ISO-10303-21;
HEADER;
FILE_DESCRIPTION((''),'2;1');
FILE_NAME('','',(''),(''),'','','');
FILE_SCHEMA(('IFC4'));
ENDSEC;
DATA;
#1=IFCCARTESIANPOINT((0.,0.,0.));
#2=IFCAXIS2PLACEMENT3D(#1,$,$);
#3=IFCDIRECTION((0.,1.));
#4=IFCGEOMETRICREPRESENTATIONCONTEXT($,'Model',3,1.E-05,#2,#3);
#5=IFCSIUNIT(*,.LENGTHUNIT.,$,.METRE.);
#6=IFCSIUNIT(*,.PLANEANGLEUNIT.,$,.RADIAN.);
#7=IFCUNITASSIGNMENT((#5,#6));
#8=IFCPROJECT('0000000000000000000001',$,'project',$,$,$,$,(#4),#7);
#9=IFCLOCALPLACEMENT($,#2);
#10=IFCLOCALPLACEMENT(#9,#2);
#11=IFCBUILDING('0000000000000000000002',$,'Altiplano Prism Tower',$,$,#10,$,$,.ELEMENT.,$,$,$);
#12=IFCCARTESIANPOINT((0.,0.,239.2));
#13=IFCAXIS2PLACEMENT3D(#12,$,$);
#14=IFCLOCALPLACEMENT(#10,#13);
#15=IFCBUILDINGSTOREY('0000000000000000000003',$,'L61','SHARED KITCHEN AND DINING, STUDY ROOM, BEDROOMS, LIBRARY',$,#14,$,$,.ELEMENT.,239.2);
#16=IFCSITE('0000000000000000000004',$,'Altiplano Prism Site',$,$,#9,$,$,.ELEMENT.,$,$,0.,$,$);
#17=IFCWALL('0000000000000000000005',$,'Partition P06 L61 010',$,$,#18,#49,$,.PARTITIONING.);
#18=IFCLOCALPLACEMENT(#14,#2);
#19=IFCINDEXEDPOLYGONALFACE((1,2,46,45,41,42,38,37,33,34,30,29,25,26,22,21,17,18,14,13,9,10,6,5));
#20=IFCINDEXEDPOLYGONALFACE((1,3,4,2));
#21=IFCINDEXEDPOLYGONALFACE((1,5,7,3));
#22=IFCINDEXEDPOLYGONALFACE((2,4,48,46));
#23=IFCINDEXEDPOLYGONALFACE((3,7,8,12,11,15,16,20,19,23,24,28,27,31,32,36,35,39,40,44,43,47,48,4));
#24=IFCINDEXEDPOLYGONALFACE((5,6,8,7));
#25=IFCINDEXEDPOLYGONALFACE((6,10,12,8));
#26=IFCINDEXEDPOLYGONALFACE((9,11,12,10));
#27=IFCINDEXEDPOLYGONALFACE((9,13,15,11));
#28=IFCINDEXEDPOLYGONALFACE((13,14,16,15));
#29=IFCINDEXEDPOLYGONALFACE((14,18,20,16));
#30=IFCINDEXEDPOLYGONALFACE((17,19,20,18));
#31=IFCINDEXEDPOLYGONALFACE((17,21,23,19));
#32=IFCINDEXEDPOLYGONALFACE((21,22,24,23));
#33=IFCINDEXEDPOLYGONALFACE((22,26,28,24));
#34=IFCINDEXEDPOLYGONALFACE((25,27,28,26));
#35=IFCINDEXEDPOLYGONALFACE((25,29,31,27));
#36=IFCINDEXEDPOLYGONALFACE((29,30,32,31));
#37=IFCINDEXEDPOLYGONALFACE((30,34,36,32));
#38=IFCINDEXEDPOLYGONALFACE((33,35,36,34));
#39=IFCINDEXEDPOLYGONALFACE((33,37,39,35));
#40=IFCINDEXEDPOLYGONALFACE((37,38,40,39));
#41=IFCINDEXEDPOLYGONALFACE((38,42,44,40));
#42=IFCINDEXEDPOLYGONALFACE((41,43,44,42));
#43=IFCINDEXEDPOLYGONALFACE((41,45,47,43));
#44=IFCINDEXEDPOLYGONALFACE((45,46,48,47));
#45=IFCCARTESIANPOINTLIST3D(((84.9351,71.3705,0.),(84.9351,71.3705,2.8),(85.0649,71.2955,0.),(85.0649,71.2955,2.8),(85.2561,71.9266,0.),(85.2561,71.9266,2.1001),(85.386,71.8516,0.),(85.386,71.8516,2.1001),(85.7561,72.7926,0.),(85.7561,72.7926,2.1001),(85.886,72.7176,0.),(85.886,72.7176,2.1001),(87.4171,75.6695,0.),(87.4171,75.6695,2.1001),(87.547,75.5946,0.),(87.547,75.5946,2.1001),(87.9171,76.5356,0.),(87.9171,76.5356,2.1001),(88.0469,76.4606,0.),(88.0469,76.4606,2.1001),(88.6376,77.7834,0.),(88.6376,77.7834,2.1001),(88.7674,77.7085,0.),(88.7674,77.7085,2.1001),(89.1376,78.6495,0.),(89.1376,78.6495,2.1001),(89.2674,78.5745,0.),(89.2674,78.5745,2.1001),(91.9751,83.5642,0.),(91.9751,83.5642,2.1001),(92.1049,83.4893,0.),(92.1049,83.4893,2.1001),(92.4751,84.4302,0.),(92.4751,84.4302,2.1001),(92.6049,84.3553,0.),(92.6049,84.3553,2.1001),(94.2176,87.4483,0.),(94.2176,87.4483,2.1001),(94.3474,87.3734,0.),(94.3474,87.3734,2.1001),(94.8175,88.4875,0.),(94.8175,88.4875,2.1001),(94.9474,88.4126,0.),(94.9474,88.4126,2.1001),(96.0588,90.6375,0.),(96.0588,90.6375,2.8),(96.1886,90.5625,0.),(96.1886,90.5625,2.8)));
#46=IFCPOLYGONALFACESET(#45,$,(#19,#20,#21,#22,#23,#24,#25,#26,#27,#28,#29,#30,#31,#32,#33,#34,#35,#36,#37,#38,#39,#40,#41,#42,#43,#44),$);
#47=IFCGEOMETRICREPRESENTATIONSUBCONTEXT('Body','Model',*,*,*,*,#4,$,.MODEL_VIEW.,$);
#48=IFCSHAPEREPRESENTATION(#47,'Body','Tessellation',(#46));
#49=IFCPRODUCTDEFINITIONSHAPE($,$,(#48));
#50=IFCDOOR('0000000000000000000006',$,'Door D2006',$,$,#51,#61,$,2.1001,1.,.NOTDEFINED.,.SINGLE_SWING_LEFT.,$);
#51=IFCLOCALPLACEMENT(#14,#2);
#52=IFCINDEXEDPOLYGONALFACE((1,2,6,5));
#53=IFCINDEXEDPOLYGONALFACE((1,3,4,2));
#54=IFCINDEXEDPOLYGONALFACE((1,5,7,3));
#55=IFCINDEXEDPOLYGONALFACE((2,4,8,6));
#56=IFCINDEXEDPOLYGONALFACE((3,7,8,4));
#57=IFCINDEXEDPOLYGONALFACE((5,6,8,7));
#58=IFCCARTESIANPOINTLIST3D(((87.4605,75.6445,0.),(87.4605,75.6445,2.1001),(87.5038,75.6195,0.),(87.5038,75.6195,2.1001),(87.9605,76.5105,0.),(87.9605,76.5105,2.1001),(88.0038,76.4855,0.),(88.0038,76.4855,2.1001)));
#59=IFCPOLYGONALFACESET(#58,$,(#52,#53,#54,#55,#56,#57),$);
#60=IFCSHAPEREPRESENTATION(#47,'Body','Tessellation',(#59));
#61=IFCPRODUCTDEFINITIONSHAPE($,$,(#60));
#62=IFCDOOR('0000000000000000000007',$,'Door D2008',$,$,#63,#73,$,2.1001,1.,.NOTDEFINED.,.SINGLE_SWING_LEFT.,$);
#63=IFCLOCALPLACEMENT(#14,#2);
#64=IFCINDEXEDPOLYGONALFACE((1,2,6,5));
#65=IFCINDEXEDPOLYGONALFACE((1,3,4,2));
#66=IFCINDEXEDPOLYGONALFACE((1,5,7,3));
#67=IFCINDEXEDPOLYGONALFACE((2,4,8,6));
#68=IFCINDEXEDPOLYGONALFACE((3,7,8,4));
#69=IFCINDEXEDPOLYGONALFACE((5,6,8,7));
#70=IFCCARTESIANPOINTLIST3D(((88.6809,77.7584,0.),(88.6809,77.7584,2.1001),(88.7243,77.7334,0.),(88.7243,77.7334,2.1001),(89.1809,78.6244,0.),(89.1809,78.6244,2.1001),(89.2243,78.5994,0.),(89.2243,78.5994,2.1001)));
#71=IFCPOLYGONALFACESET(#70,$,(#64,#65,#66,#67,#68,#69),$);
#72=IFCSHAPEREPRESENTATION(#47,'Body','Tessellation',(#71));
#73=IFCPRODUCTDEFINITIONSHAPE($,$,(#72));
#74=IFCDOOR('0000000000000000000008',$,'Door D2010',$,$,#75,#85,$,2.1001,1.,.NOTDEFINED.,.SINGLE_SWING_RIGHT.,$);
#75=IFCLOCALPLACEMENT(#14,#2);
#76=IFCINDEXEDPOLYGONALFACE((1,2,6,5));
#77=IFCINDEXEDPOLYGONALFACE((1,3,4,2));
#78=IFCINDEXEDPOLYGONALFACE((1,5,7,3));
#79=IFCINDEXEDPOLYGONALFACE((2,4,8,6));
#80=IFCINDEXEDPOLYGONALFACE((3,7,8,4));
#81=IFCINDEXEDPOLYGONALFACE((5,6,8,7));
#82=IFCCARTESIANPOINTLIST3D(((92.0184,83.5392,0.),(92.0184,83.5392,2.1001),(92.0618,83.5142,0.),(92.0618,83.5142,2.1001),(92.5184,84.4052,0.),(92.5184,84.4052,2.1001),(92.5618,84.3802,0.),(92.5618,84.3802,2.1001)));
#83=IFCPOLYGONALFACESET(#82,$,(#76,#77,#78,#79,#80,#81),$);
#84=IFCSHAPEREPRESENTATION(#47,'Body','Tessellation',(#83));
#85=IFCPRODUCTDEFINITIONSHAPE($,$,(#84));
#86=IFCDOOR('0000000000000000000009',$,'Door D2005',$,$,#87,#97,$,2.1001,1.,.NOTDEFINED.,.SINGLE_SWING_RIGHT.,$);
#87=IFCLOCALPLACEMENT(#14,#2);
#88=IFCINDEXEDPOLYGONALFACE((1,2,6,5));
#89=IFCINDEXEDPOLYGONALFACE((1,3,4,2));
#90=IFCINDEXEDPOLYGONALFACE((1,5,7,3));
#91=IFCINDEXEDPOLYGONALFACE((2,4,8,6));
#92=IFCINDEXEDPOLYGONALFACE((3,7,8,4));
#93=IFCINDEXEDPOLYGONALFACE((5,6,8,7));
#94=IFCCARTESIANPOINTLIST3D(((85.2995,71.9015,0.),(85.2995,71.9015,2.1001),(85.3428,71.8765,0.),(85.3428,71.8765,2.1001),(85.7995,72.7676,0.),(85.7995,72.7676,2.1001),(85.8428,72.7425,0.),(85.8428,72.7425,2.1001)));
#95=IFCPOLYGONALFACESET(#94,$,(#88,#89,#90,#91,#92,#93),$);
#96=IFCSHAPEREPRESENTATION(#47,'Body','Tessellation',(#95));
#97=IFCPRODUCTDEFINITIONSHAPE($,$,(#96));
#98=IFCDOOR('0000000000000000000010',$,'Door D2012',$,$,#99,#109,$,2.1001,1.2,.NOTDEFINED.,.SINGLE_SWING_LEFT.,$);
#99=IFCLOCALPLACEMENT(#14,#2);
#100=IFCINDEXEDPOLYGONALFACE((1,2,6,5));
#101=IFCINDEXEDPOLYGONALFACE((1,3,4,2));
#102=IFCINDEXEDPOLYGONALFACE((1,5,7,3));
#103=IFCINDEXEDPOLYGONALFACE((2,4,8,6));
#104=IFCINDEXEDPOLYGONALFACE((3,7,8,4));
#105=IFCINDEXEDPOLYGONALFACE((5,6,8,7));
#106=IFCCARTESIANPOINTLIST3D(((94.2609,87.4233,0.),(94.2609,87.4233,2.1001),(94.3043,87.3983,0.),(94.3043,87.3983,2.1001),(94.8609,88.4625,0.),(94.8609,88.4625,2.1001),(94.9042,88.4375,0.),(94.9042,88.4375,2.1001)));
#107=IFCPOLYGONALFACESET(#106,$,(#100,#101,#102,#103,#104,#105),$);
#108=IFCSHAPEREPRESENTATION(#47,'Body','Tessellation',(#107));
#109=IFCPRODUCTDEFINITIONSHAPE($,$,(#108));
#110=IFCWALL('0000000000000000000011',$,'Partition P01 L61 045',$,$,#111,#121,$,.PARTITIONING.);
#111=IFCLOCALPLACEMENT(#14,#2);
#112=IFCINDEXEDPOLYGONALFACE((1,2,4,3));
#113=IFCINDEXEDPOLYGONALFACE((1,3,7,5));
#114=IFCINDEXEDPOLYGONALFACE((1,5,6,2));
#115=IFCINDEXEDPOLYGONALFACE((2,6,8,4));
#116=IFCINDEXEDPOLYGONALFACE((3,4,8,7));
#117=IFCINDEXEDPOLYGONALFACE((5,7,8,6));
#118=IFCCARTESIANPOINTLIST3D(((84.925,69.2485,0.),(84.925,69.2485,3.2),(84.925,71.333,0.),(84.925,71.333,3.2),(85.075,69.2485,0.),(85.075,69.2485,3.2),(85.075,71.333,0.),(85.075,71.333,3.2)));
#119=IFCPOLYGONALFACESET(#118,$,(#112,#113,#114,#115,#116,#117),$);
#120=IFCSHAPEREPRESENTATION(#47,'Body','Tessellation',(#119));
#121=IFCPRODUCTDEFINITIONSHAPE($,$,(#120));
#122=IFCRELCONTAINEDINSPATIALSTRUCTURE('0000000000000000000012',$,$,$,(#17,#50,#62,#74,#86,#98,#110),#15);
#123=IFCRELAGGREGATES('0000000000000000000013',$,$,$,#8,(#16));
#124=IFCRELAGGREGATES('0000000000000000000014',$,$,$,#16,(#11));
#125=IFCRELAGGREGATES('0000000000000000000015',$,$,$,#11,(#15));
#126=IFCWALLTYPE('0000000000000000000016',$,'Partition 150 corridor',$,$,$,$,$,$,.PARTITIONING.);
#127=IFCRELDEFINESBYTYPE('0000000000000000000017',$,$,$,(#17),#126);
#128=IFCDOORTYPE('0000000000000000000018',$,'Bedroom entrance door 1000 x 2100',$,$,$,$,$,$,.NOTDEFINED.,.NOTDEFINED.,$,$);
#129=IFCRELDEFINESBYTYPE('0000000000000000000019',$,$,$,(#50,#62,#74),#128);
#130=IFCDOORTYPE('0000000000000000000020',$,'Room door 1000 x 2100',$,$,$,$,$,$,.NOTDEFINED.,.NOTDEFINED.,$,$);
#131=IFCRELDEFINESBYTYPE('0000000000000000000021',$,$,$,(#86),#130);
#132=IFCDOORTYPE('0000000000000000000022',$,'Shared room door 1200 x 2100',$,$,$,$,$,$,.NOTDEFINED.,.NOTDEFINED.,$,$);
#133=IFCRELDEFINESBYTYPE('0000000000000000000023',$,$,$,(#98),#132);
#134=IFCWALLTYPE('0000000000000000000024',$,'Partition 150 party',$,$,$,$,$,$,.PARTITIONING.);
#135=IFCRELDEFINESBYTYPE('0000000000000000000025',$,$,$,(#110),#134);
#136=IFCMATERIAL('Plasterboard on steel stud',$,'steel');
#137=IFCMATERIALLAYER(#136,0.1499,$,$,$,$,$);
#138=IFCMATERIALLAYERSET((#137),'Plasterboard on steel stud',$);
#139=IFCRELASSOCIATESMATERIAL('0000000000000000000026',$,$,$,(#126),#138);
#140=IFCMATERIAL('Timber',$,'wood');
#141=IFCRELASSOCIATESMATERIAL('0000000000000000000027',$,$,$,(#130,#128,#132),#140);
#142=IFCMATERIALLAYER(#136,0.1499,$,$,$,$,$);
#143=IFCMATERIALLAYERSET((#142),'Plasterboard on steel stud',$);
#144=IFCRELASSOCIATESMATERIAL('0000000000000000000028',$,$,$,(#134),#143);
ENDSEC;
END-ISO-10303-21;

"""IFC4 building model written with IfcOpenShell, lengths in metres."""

from ifc_helpers import new_model, si_unit, direction, frame, frame_2d, origin, place, context, subcontext, project, spatial, rectangle, extrude, material, layer, layer_set, type_object, element, fill, save


model = new_model("IFC4")

# Units and contexts
model_context = context("Model", 3, precision=1e-05, world=origin(), true_north=direction((0.0, 1.0)))
body_context = subcontext(model_context, "Body", "Model", "MODEL_VIEW")
ifc_project = project(units=[si_unit("LENGTHUNIT", "METRE"), si_unit("PLANEANGLEUNIT", "RADIAN")], contexts=[model_context])

# Site, building, storey
site_placement = place(None, origin())
site = spatial("IfcSite", under=ifc_project, at=site_placement, Name="Altiplano Prism Site", CompositionType="ELEMENT", RefElevation=0.0)
building_placement = place(site_placement, origin())
building = spatial("IfcBuilding", under=site, at=building_placement, Name="Altiplano Prism Tower", CompositionType="ELEMENT")
storey_placement = place(building_placement, frame((0.0, 0.0, 239.2)))
storey = spatial("IfcBuildingStorey", under=building, at=storey_placement, Name="L61", Description="SHARED KITCHEN AND DINING, STUDY ROOM, BEDROOMS, LIBRARY", CompositionType="ELEMENT", Elevation=239.2)

# Shared definitions
ifc_material_1 = material(Name="Plasterboard on steel stud", Category="steel")

# Shared definitions
ifc_material_2 = material(Name="Timber", Category="wood")

# Wall, openings, doors
ifc_layer_1 = layer(ifc_material_1, 0.1499)
ifc_layer_set_1 = layer_set([ifc_layer_1], Name="Plasterboard on steel stud")
wall_type_1 = type_object("IfcWallType", Name="Partition 150 corridor", PredefinedType="PARTITIONING", material=ifc_layer_set_1)
door_type_1 = type_object("IfcDoorType", Name="Room door 1000 x 2100", OperationType="NOTDEFINED", PredefinedType="NOTDEFINED", material=ifc_material_2)
wall_1_placement = place(storey_placement, frame((85.0, 71.333, 0.0), z_axis=(0.0, 0.0, 1.0), x_axis=(0.499997, 0.866027, 0.0)))
wall_1 = element("IfcWall", 1, at=wall_1_placement, inside=storey, type_object=wall_type_1, Name="Partition P06 L61 010", PredefinedType="PARTITIONING", context=body_context, shape_type="SweptSolid", body=[
    extrude(rectangle(XDim=22.2476, YDim=0.1499, at=frame_2d((11.1238, 0.0))), origin(), (0.0, 0.0, 1.0), 2.8),
])
opening_1_placement = place(wall_1_placement, frame((0.6421, 0.0, 0.0)))
opening_1 = element("IfcOpeningElement", 2, at=opening_1_placement, cuts=wall_1, PredefinedType="OPENING", context=body_context, shape_type="SweptSolid", body=[
    extrude(rectangle(XDim=1.0, YDim=2.1001, at=frame_2d((0.5, 1.05))), frame((0.0, 0.0854, 0.0), z_axis=(0.0, -1.0, 0.0), x_axis=(1.0, 0.0, 0.0)), (0.0, 0.0, 1.0), 0.1709),
])
opening_2_placement = place(wall_1_placement, frame((4.9641, 0.0, 0.0)))
opening_2 = element("IfcOpeningElement", 3, at=opening_2_placement, cuts=wall_1, PredefinedType="OPENING", context=body_context, shape_type="SweptSolid", body=[
    extrude(rectangle(XDim=1.0, YDim=2.1001, at=frame_2d((0.5, 1.05))), frame((0.0, 0.0854, 0.0), z_axis=(0.0, -1.0, 0.0), x_axis=(1.0, 0.0, 0.0)), (0.0, 0.0, 1.0), 0.1709),
])
opening_3_placement = place(wall_1_placement, frame((7.405, 0.0, 0.0)))
opening_3 = element("IfcOpeningElement", 4, at=opening_3_placement, cuts=wall_1, PredefinedType="OPENING", context=body_context, shape_type="SweptSolid", body=[
    extrude(rectangle(XDim=1.0, YDim=2.1001, at=frame_2d((0.5, 1.05))), frame((0.0, 0.0854, 0.0), z_axis=(0.0, -1.0, 0.0), x_axis=(1.0, 0.0, 0.0)), (0.0, 0.0, 1.0), 0.1709),
])
opening_4_placement = place(wall_1_placement, frame((14.0801, 0.0, 0.0)))
opening_4 = element("IfcOpeningElement", 5, at=opening_4_placement, cuts=wall_1, PredefinedType="OPENING", context=body_context, shape_type="SweptSolid", body=[
    extrude(rectangle(XDim=1.0, YDim=2.1001, at=frame_2d((0.5, 1.05))), frame((0.0, 0.0854, 0.0), z_axis=(0.0, -1.0, 0.0), x_axis=(1.0, 0.0, 0.0)), (0.0, 0.0, 1.0), 0.1709),
])
opening_5_placement = place(wall_1_placement, frame((18.5649, 0.0, 0.0)))
opening_5 = element("IfcOpeningElement", 6, at=opening_5_placement, cuts=wall_1, PredefinedType="OPENING", context=body_context, shape_type="SweptSolid", body=[
    extrude(rectangle(XDim=1.2, YDim=2.1001, at=frame_2d((0.6001, 1.05))), frame((0.0, 0.0854, 0.0), z_axis=(0.0, -1.0, 0.0), x_axis=(1.0, 0.0, 0.0)), (0.0, 0.0, 1.0), 0.1709),
])
door_type_2 = type_object("IfcDoorType", Name="Bedroom entrance door 1000 x 2100", OperationType="NOTDEFINED", PredefinedType="NOTDEFINED", material=ifc_material_2)
door_1_placement = place(opening_2_placement, origin())
door_1 = element("IfcDoor", 7, at=door_1_placement, inside=storey, type_object=door_type_2, Name="Door D2006", OperationType="SINGLE_SWING_LEFT", OverallHeight=2.1001, OverallWidth=1.0, PredefinedType="NOTDEFINED", context=body_context, shape_type="SweptSolid", body=[
    extrude(rectangle(XDim=1.0, YDim=2.1001, at=frame_2d((0.5, 1.05))), frame((0.0, 0.0249, 0.0), z_axis=(0.0, -1.0, 0.0), x_axis=(1.0, 0.0, 0.0)), (0.0, 0.0, 1.0), 0.05),
])
fill(opening_2, door_1)
door_2_placement = place(opening_3_placement, origin())
door_2 = element("IfcDoor", 8, at=door_2_placement, inside=storey, type_object=door_type_2, Name="Door D2008", OperationType="SINGLE_SWING_LEFT", OverallHeight=2.1001, OverallWidth=1.0, PredefinedType="NOTDEFINED", context=body_context, shape_type="SweptSolid", body=[
    extrude(rectangle(XDim=1.0, YDim=2.1001, at=frame_2d((0.5, 1.05))), frame((0.0, 0.0249, 0.0), z_axis=(0.0, -1.0, 0.0), x_axis=(1.0, 0.0, 0.0)), (0.0, 0.0, 1.0), 0.05),
])
fill(opening_3, door_2)
door_3_placement = place(opening_4_placement, origin())
door_3 = element("IfcDoor", 9, at=door_3_placement, inside=storey, type_object=door_type_2, Name="Door D2010", OperationType="SINGLE_SWING_RIGHT", OverallHeight=2.1001, OverallWidth=1.0, PredefinedType="NOTDEFINED", context=body_context, shape_type="SweptSolid", body=[
    extrude(rectangle(XDim=1.0, YDim=2.1001, at=frame_2d((0.5, 1.05))), frame((0.0, 0.0249, 0.0), z_axis=(0.0, -1.0, 0.0), x_axis=(1.0, 0.0, 0.0)), (0.0, 0.0, 1.0), 0.05),
])
fill(opening_4, door_3)
door_4_placement = place(opening_1_placement, origin())
door_4 = element("IfcDoor", 10, at=door_4_placement, inside=storey, type_object=door_type_1, Name="Door D2005", OperationType="SINGLE_SWING_RIGHT", OverallHeight=2.1001, OverallWidth=1.0, PredefinedType="NOTDEFINED", context=body_context, shape_type="SweptSolid", body=[
    extrude(rectangle(XDim=1.0, YDim=2.1001, at=frame_2d((0.5, 1.05))), frame((0.0, 0.0249, 0.0), z_axis=(0.0, -1.0, 0.0), x_axis=(1.0, 0.0, 0.0)), (0.0, 0.0, 1.0), 0.05),
])
fill(opening_1, door_4)
door_type_3 = type_object("IfcDoorType", Name="Shared room door 1200 x 2100", OperationType="NOTDEFINED", PredefinedType="NOTDEFINED", material=ifc_material_2)
door_5_placement = place(opening_5_placement, origin())
door_5 = element("IfcDoor", 11, at=door_5_placement, inside=storey, type_object=door_type_3, Name="Door D2012", OperationType="SINGLE_SWING_LEFT", OverallHeight=2.1001, OverallWidth=1.2, PredefinedType="NOTDEFINED", context=body_context, shape_type="SweptSolid", body=[
    extrude(rectangle(XDim=1.2, YDim=2.1001, at=frame_2d((0.6001, 1.05))), frame((0.0, 0.0249, 0.0), z_axis=(0.0, -1.0, 0.0), x_axis=(1.0, 0.0, 0.0)), (0.0, 0.0, 1.0), 0.05),
])
fill(opening_5, door_5)

# Wall
ifc_layer_2 = layer(ifc_material_1, 0.1499)
ifc_layer_set_2 = layer_set([ifc_layer_2], Name="Plasterboard on steel stud")
wall_type_2 = type_object("IfcWallType", Name="Partition 150 party", PredefinedType="PARTITIONING", material=ifc_layer_set_2)
wall_2_placement = place(storey_placement, frame((85.0, 69.2485, 0.0), z_axis=(0.0, 0.0, 1.0), x_axis=(0.0, 1.0, 0.0)))
element("IfcWall", 12, at=wall_2_placement, inside=storey, type_object=wall_type_2, Name="Partition P01 L61 045", PredefinedType="PARTITIONING", context=body_context, shape_type="SweptSolid", body=[
    extrude(rectangle(XDim=2.0845, YDim=0.1499, at=frame_2d((1.0422, 0.0))), origin(), (0.0, 0.0, 1.0), 3.2),
])

save(model, "model.ifc")
